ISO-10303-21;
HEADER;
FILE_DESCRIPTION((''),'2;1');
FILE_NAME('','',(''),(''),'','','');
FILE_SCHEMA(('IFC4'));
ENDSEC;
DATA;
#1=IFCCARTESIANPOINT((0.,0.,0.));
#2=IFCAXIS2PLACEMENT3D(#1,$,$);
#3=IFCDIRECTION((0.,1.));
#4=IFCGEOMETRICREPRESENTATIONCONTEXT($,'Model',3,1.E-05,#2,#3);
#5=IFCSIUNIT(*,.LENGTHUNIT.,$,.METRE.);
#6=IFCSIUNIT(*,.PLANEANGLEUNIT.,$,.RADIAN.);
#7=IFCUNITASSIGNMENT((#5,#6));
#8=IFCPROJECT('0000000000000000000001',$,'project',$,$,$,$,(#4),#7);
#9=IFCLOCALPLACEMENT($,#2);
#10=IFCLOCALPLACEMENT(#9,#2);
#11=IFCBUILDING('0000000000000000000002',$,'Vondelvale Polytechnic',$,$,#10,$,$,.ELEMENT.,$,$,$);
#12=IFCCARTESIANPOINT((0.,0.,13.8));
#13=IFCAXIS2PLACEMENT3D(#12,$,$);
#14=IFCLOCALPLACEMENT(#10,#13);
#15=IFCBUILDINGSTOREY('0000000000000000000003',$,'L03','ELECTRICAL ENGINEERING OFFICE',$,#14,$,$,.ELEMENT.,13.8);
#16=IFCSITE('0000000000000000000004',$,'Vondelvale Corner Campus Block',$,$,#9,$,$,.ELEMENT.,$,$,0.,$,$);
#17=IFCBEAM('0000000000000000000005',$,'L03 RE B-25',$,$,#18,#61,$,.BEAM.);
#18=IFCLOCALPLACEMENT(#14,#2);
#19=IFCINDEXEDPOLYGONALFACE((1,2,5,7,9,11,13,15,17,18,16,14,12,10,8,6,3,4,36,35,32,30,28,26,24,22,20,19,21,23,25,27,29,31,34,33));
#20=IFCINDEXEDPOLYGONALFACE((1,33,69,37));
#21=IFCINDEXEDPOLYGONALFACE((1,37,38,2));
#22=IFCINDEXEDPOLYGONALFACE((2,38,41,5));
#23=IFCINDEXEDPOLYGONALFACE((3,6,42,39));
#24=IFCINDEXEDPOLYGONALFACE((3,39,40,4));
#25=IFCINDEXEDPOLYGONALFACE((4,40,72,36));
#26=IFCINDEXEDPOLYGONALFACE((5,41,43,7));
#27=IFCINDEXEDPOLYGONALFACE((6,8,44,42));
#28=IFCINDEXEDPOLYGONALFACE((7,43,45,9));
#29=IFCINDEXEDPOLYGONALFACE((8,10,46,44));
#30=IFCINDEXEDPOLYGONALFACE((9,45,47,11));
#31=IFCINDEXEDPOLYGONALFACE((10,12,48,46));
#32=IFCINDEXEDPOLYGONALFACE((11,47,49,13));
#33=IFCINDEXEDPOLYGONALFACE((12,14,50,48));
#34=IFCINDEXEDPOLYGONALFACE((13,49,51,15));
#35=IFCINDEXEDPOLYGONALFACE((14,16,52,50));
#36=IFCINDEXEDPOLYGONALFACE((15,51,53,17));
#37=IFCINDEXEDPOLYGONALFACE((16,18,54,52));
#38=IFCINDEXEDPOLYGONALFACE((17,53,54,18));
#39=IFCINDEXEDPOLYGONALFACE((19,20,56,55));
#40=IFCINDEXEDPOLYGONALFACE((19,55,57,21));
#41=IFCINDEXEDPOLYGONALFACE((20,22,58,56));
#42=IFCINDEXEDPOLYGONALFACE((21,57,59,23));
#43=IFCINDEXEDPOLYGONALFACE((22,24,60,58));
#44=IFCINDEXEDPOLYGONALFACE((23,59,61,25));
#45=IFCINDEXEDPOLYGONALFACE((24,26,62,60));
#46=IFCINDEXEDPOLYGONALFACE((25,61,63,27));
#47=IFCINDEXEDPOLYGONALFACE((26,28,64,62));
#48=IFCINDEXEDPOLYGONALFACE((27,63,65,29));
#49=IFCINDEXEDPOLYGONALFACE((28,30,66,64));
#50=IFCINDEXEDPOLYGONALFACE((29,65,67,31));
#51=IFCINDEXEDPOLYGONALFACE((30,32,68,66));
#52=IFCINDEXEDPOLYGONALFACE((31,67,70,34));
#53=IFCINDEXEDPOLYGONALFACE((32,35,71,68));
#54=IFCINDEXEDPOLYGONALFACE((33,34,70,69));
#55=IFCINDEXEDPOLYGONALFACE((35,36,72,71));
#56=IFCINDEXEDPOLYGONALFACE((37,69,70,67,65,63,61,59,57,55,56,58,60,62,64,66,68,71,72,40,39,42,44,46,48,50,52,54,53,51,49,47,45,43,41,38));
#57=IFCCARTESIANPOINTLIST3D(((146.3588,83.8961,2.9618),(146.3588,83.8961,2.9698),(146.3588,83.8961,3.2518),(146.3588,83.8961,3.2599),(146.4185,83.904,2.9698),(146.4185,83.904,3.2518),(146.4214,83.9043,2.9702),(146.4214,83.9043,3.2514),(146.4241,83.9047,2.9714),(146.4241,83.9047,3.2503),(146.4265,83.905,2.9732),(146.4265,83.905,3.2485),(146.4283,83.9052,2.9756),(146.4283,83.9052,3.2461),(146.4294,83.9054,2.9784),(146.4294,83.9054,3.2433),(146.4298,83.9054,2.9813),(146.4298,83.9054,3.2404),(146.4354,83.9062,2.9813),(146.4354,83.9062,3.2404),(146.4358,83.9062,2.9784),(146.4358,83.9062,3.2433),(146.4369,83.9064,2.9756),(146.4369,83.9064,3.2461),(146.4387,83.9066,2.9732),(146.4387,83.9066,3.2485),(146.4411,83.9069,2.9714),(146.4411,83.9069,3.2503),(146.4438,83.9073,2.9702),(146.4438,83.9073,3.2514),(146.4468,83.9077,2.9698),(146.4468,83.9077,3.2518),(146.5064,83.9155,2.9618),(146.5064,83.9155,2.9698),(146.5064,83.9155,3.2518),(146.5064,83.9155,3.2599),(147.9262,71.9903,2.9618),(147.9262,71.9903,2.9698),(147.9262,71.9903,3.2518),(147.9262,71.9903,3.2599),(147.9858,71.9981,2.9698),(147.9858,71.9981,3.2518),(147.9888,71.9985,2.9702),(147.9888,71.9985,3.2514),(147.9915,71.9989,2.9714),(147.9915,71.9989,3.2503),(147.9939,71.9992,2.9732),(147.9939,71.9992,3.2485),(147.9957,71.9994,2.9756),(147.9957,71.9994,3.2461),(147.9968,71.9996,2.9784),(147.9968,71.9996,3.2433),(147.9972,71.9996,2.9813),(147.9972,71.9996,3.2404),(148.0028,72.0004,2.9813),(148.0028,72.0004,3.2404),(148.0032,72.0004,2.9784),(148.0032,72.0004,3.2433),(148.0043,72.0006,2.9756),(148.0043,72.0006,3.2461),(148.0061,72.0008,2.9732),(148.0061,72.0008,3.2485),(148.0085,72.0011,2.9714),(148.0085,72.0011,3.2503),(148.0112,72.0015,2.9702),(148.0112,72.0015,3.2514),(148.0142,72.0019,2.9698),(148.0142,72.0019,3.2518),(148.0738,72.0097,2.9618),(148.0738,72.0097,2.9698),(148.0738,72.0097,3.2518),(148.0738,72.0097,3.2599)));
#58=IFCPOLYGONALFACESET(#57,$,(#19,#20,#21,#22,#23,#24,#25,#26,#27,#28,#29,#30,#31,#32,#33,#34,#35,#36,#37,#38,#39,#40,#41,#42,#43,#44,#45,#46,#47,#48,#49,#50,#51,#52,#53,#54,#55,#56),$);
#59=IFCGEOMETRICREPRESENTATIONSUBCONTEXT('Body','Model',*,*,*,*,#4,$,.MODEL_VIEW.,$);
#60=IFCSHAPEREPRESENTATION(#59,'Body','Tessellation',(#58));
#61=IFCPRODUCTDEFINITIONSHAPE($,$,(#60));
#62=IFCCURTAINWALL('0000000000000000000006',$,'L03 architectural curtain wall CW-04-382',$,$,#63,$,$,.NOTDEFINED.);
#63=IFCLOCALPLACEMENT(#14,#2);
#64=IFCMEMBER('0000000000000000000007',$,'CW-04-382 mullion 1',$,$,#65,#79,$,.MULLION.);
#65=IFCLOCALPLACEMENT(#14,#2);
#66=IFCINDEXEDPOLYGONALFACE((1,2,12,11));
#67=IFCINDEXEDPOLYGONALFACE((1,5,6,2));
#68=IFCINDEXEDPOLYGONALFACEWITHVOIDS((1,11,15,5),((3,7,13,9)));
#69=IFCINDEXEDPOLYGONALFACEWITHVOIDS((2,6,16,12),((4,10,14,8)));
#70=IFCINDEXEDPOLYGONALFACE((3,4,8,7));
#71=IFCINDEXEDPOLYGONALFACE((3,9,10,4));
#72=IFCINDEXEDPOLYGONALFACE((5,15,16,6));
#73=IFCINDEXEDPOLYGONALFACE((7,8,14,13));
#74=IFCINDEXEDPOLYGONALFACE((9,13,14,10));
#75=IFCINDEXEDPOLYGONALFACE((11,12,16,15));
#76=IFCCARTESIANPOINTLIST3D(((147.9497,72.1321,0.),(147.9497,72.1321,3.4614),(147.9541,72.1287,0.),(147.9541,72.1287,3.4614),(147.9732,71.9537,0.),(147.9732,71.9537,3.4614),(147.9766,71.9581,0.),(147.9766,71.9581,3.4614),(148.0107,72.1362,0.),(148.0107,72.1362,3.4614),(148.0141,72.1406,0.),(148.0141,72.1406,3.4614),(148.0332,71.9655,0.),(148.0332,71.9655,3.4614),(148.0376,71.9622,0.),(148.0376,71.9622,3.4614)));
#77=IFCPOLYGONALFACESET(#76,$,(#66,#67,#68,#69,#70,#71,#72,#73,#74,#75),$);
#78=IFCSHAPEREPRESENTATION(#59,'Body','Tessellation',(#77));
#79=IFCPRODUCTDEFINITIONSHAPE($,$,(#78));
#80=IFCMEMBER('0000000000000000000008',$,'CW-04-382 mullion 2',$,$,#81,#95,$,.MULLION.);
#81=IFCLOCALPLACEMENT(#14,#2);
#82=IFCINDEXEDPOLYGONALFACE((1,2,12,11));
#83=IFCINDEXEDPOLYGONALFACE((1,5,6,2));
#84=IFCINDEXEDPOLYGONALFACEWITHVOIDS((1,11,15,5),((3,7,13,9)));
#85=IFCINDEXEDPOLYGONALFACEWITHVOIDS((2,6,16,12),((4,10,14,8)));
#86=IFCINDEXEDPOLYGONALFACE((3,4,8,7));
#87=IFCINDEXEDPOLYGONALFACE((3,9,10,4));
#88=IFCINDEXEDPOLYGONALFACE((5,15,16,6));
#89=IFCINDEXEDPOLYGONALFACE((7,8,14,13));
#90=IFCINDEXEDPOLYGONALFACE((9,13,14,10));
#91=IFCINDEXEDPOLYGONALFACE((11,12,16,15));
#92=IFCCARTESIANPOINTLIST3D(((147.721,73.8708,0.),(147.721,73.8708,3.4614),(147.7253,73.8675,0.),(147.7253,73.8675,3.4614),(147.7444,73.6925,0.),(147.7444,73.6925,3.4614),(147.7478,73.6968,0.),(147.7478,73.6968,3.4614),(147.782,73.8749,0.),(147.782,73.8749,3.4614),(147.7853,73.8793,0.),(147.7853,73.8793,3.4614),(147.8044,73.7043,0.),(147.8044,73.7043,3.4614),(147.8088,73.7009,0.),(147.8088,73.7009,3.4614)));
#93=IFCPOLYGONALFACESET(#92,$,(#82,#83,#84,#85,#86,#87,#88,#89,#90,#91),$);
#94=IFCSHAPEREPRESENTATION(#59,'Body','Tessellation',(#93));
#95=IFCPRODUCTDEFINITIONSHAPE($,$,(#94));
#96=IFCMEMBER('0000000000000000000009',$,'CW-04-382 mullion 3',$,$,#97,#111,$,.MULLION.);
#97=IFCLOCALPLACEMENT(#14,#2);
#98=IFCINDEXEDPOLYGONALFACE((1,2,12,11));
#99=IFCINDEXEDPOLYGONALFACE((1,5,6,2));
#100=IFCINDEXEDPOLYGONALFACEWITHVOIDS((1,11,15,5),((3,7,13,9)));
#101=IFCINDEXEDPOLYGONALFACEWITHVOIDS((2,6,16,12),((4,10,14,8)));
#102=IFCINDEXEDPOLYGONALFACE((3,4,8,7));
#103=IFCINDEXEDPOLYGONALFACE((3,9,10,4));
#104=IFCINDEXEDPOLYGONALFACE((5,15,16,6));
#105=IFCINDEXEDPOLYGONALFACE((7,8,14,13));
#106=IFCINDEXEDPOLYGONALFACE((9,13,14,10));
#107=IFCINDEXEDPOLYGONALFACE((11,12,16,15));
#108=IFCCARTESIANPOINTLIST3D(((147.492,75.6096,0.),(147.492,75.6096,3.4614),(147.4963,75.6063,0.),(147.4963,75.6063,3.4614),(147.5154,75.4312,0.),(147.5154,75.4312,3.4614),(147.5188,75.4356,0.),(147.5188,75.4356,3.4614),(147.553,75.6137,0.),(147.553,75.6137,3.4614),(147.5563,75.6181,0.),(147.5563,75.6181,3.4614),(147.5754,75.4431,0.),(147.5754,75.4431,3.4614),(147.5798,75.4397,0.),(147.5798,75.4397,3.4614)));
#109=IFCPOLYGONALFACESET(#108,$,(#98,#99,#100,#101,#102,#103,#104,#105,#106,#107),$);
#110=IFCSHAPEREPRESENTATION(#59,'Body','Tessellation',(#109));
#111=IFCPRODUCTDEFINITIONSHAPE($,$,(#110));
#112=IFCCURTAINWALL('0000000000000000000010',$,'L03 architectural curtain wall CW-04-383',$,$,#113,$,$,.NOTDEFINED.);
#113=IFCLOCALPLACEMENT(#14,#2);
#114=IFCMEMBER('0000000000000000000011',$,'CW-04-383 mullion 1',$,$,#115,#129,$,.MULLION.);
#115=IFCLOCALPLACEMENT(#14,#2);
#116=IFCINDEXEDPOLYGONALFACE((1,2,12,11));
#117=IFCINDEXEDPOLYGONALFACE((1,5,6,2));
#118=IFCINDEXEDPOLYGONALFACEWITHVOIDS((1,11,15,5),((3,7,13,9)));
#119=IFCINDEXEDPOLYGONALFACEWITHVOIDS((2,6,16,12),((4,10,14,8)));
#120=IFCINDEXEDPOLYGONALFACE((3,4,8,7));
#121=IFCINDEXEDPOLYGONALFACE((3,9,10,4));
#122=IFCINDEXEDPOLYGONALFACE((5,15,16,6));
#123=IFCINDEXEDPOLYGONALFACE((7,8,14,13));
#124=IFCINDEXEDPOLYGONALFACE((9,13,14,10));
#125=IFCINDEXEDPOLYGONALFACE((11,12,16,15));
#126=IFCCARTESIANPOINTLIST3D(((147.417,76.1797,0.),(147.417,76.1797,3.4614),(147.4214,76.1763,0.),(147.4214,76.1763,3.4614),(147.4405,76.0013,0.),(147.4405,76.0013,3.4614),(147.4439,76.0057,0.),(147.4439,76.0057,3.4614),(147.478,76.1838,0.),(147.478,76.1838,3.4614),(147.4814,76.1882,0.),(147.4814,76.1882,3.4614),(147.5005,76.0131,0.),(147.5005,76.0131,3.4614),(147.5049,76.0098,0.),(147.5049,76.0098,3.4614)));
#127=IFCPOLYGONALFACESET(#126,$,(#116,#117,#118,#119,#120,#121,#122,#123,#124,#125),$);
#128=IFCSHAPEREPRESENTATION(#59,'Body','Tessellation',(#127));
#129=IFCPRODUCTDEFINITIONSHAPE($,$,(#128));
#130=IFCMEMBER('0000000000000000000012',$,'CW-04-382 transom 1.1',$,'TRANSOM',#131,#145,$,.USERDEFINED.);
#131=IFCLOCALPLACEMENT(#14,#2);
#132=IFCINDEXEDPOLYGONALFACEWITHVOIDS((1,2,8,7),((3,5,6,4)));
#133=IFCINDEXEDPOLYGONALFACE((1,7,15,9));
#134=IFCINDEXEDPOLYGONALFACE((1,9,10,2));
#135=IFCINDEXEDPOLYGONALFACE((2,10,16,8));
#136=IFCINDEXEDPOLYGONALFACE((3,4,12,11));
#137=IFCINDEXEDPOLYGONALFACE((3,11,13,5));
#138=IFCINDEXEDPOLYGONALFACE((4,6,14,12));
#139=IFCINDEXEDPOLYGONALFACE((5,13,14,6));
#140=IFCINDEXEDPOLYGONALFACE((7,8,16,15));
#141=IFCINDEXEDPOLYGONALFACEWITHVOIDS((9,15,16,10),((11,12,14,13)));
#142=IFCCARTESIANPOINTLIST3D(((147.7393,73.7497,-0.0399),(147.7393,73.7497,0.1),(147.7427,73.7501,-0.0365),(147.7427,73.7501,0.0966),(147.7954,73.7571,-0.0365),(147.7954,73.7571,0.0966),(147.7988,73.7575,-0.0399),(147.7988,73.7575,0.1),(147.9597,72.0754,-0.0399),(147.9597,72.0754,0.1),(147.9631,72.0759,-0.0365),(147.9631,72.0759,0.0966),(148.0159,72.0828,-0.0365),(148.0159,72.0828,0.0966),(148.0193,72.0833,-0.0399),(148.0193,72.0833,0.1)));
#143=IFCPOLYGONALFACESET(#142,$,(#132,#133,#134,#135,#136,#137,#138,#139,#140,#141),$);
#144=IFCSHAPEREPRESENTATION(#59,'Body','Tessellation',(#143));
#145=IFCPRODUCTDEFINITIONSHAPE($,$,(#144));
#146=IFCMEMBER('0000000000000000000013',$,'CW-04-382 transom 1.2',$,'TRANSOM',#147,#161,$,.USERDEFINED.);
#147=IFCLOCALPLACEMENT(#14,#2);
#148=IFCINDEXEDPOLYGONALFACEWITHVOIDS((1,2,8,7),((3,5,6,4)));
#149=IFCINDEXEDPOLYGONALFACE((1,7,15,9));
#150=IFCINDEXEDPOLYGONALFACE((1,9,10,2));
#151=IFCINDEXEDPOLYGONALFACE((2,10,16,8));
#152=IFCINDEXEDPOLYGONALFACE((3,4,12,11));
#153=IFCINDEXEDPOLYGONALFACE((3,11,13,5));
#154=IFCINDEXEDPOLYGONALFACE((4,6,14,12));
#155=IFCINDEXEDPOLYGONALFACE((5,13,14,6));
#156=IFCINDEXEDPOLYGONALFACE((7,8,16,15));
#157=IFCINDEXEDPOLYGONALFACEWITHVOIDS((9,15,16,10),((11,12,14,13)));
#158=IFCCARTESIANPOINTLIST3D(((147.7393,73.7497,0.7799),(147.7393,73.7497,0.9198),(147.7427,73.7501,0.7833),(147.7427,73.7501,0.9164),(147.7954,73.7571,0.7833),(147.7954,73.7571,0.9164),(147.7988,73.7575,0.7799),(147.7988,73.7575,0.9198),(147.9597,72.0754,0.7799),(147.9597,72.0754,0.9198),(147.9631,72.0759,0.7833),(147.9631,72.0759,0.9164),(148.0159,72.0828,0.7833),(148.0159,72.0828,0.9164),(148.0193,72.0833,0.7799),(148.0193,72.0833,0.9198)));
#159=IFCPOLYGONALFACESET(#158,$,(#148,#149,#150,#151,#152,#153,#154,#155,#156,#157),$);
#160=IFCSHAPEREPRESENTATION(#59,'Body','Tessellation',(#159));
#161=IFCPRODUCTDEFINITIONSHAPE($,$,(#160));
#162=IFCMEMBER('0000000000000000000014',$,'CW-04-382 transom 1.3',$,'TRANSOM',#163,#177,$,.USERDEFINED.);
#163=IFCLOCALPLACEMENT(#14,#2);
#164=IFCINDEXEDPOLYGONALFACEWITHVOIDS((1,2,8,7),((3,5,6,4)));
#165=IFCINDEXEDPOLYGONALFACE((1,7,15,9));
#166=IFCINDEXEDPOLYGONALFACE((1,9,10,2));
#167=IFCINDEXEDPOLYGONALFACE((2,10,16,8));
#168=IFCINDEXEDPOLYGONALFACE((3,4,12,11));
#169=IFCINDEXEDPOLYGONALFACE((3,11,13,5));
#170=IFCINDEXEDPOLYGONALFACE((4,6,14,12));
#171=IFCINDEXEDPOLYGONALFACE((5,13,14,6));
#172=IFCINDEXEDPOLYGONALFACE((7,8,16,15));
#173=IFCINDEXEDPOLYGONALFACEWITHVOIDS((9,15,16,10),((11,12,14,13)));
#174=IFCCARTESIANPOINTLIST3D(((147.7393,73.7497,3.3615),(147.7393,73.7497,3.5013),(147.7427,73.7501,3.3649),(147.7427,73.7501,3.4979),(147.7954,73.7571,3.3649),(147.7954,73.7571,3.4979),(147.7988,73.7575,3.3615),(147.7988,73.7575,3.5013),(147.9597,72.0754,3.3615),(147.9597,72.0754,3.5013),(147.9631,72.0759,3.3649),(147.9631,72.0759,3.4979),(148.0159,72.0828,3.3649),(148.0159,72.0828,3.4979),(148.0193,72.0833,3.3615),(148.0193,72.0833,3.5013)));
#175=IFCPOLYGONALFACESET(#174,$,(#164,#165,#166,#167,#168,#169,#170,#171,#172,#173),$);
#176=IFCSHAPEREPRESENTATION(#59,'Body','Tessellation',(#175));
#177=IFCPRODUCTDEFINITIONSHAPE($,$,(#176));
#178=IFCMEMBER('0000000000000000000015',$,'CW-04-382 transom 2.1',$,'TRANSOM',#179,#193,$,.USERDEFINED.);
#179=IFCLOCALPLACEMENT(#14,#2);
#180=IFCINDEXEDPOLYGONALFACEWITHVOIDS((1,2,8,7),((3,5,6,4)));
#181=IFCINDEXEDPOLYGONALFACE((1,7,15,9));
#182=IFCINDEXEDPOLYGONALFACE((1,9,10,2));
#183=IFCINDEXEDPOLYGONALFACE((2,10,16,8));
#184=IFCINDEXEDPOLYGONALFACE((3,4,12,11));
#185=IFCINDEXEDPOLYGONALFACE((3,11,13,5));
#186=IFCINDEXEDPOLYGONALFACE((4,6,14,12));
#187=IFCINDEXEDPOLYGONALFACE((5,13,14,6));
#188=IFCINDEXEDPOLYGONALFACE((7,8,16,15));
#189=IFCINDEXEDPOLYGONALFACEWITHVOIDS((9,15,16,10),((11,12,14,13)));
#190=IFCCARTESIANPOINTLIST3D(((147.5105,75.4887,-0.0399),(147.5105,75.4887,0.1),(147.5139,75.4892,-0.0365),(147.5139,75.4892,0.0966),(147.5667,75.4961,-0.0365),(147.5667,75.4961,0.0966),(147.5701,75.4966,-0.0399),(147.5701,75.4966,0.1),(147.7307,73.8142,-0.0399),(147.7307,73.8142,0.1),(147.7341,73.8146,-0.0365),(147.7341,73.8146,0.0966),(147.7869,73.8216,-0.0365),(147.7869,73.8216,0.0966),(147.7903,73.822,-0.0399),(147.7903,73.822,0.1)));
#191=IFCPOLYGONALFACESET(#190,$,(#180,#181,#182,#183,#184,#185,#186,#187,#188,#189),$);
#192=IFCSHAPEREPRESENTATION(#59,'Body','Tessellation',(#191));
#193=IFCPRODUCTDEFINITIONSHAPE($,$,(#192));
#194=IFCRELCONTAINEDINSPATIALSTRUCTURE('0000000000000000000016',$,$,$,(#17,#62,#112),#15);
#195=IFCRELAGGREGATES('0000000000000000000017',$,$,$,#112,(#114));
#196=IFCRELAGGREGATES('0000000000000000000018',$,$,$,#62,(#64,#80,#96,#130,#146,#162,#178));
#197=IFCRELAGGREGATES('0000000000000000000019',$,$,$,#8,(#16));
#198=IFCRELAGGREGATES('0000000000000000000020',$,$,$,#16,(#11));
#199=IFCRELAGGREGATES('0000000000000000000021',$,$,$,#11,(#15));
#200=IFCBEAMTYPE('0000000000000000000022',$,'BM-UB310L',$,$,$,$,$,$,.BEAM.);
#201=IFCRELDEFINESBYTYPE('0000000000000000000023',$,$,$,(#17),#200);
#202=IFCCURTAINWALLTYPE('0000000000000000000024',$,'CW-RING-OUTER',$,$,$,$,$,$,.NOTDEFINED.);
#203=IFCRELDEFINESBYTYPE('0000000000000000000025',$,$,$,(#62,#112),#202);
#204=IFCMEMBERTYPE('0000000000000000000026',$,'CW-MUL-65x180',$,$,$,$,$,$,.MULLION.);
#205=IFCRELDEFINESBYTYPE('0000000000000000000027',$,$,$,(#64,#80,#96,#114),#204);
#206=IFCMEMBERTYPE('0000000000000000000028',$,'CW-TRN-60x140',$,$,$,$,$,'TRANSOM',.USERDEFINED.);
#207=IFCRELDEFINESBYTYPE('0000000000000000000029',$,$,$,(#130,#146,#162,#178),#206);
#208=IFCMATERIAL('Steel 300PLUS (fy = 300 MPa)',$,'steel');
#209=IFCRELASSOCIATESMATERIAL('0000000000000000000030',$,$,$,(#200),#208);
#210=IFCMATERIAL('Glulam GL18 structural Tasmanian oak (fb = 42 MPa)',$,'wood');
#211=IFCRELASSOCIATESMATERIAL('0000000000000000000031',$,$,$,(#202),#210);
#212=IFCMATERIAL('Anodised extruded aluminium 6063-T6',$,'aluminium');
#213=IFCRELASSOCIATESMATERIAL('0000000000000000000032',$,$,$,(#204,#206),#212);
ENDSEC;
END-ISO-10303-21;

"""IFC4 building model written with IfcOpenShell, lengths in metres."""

from ifc_helpers import new_model, si_unit, direction, frame, origin, origin_2d, place, context, subcontext, project, spatial, hollow_rectangle, i_section, extrude, material, material_profile, profile_set, type_object, element, aggregate, save


model = new_model("IFC4")

# Units and contexts
model_context = context("Model", 3, precision=1e-05, world=origin(), true_north=direction((0.0, 1.0)))
body_context = subcontext(model_context, "Body", "Model", "MODEL_VIEW")
ifc_project = project(units=[si_unit("LENGTHUNIT", "METRE"), si_unit("PLANEANGLEUNIT", "RADIAN")], contexts=[model_context])

# Site, building, storey
site_placement = place(None, origin())
site = spatial("IfcSite", under=ifc_project, at=site_placement, Name="Vondelvale Corner Campus Block", CompositionType="ELEMENT", RefElevation=0.0)
building_placement = place(site_placement, origin())
building = spatial("IfcBuilding", under=site, at=building_placement, Name="Vondelvale Polytechnic", CompositionType="ELEMENT")
storey_placement = place(building_placement, frame((0.0, 0.0, 13.8)))
storey = spatial("IfcBuildingStorey", under=building, at=storey_placement, Name="L03", Description="ELECTRICAL ENGINEERING OFFICE", CompositionType="ELEMENT", Elevation=13.8)

# Beam
ifc_material_1 = material(Name="Steel 300PLUS (fy = 300 MPa)", Category="steel")
ifc_material_profile_1 = material_profile(ifc_material_1, i_section(OverallWidth=0.1489, OverallDepth=0.2981, WebThickness=0.0056, FlangeThickness=0.0081, FilletRadius=0.0115, at=origin_2d()), Name="310UB32.0")
ifc_profile_set_1 = profile_set([ifc_material_profile_1], Name="Steel 300PLUS (fy = 300 MPa)")
beam_type = type_object("IfcBeamType", Name="BM-UB310L", PredefinedType="BEAM", material=ifc_profile_set_1)
beam_placement = place(storey_placement, frame((148.0, 72.0, 3.1108), z_axis=(-0.130523, 0.991445, 0.0), x_axis=(-0.991445, -0.130523, 0.0)))
element("IfcBeam", 1, at=beam_placement, inside=storey, type_object=beam_type, Name="L03 RE B-25", PredefinedType="BEAM", context=body_context, shape_type="SweptSolid", body=[
    extrude(i_section(OverallWidth=0.1489, OverallDepth=0.2981, WebThickness=0.0056, FlangeThickness=0.0081, FilletRadius=0.0115, at=origin_2d()), origin(), (0.0, 0.0, 1.0), 12.0085),
])

# Curtain wall, members
ifc_material_2 = material(Name="Glulam GL18 structural Tasmanian oak (fb = 42 MPa)", Category="wood")
curtain_wall_type = type_object("IfcCurtainWallType", Name="CW-RING-OUTER", PredefinedType="NOTDEFINED", material=ifc_material_2)
curtain_wall_1_placement = place(storey_placement, origin())
curtain_wall_1 = element("IfcCurtainWall", 2, at=curtain_wall_1_placement, inside=storey, type_object=curtain_wall_type, Name="L03 architectural curtain wall CW-04-382", PredefinedType="NOTDEFINED")
ifc_material_3 = material(Name="Anodised extruded aluminium 6063-T6", Category="aluminium")
ifc_material_profile_2 = material_profile(ifc_material_3, hollow_rectangle(XDim=0.0649, YDim=0.1799, WallThickness=0.0039, at=origin_2d()), Name="CW-MUL-180x65")
ifc_profile_set_2 = profile_set([ifc_material_profile_2], Name="Anodised extruded aluminium 6063-T6")
member_type_1 = type_object("IfcMemberType", Name="CW-MUL-65x180", PredefinedType="MULLION", material=ifc_profile_set_2)
member_1_placement = place(storey_placement, frame((147.9937, 72.0471, 0.0), z_axis=(0.0, 0.0, 1.0), x_axis=(-0.991446, -0.130519, 0.0)))
member_1 = element("IfcMember", 3, at=member_1_placement, type_object=member_type_1, Name="CW-04-382 mullion 1", PredefinedType="MULLION", context=body_context, shape_type="SweptSolid", body=[
    extrude(hollow_rectangle(XDim=0.0649, YDim=0.1799, WallThickness=0.0039, at=origin_2d()), origin(), (0.0, 0.0, 1.0), 3.4614),
])
member_2_placement = place(storey_placement, frame((147.7649, 73.7859, 0.0), z_axis=(0.0, 0.0, 1.0), x_axis=(-0.991446, -0.130519, 0.0)))
member_2 = element("IfcMember", 4, at=member_2_placement, type_object=member_type_1, Name="CW-04-382 mullion 2", PredefinedType="MULLION", context=body_context, shape_type="SweptSolid", body=[
    extrude(hollow_rectangle(XDim=0.0649, YDim=0.1799, WallThickness=0.0039, at=origin_2d()), origin(), (0.0, 0.0, 1.0), 3.4614),
])
member_3_placement = place(storey_placement, frame((147.5359, 75.5247, 0.0), z_axis=(0.0, 0.0, 1.0), x_axis=(-0.991446, -0.130519, 0.0)))
member_3 = element("IfcMember", 5, at=member_3_placement, type_object=member_type_1, Name="CW-04-382 mullion 3", PredefinedType="MULLION", context=body_context, shape_type="SweptSolid", body=[
    extrude(hollow_rectangle(XDim=0.0649, YDim=0.1799, WallThickness=0.0039, at=origin_2d()), origin(), (0.0, 0.0, 1.0), 3.4614),
])

# Curtain wall, member
curtain_wall_2_placement = place(storey_placement, origin())
curtain_wall_2 = element("IfcCurtainWall", 6, at=curtain_wall_2_placement, inside=storey, type_object=curtain_wall_type, Name="L03 architectural curtain wall CW-04-383", PredefinedType="NOTDEFINED")
member_4_placement = place(storey_placement, frame((147.4609, 76.0947, 0.0), z_axis=(0.0, 0.0, 1.0), x_axis=(-0.991442, -0.130549, 0.0)))
member_4 = element("IfcMember", 7, at=member_4_placement, type_object=member_type_1, Name="CW-04-383 mullion 1", PredefinedType="MULLION", context=body_context, shape_type="SweptSolid", body=[
    extrude(hollow_rectangle(XDim=0.0649, YDim=0.1799, WallThickness=0.0039, at=origin_2d()), origin(), (0.0, 0.0, 1.0), 3.4614),
])

# Members
ifc_material_profile_3 = material_profile(ifc_material_3, hollow_rectangle(XDim=0.0601, YDim=0.1399, WallThickness=0.0034, at=origin_2d()), Name="CW-TRN-140x60")
ifc_profile_set_3 = profile_set([ifc_material_profile_3], Name="Anodised extruded aluminium 6063-T6")
member_type_2 = type_object("IfcMemberType", Name="CW-TRN-60x140", ElementType="TRANSOM", PredefinedType="USERDEFINED", material=ifc_profile_set_3)
member_5_placement = place(storey_placement, frame((147.9895, 72.0793, 0.03), z_axis=(-0.130544, 0.991442, 0.0), x_axis=(-0.991442, -0.130544, 0.0)))
member_5 = element("IfcMember", 8, at=member_5_placement, type_object=member_type_2, Name="CW-04-382 transom 1.1", ObjectType="TRANSOM", PredefinedType="USERDEFINED", context=body_context, shape_type="SweptSolid", body=[
    extrude(hollow_rectangle(XDim=0.0601, YDim=0.1399, WallThickness=0.0034, at=origin_2d()), origin(), (0.0, 0.0, 1.0), 1.6887),
])
member_6_placement = place(storey_placement, frame((147.9895, 72.0793, 0.8499), z_axis=(-0.130544, 0.991442, 0.0), x_axis=(-0.991442, -0.130544, 0.0)))
member_6 = element("IfcMember", 9, at=member_6_placement, type_object=member_type_2, Name="CW-04-382 transom 1.2", ObjectType="TRANSOM", PredefinedType="USERDEFINED", context=body_context, shape_type="SweptSolid", body=[
    extrude(hollow_rectangle(XDim=0.0601, YDim=0.1399, WallThickness=0.0034, at=origin_2d()), origin(), (0.0, 0.0, 1.0), 1.6887),
])
member_7_placement = place(storey_placement, frame((147.9895, 72.0793, 3.4314), z_axis=(-0.130544, 0.991442, 0.0), x_axis=(-0.991442, -0.130544, 0.0)))
member_7 = element("IfcMember", 10, at=member_7_placement, type_object=member_type_2, Name="CW-04-382 transom 1.3", ObjectType="TRANSOM", PredefinedType="USERDEFINED", context=body_context, shape_type="SweptSolid", body=[
    extrude(hollow_rectangle(XDim=0.0601, YDim=0.1399, WallThickness=0.0034, at=origin_2d()), origin(), (0.0, 0.0, 1.0), 1.6887),
])
member_8_placement = place(storey_placement, frame((147.7605, 73.8181, 0.03), z_axis=(-0.130383, 0.991464, 0.0), x_axis=(-0.991464, -0.130383, 0.0)))
member_8 = element("IfcMember", 11, at=member_8_placement, type_object=member_type_2, Name="CW-04-382 transom 2.1", ObjectType="TRANSOM", PredefinedType="USERDEFINED", context=body_context, shape_type="SweptSolid", body=[
    extrude(hollow_rectangle(XDim=0.0601, YDim=0.1399, WallThickness=0.0034, at=origin_2d()), origin(), (0.0, 0.0, 1.0), 1.689),
])
aggregate(curtain_wall_2, [member_4])

aggregate(curtain_wall_1, [member_1, member_2, member_3, member_5, member_6, member_7, member_8])

save(model, "model.ifc")
